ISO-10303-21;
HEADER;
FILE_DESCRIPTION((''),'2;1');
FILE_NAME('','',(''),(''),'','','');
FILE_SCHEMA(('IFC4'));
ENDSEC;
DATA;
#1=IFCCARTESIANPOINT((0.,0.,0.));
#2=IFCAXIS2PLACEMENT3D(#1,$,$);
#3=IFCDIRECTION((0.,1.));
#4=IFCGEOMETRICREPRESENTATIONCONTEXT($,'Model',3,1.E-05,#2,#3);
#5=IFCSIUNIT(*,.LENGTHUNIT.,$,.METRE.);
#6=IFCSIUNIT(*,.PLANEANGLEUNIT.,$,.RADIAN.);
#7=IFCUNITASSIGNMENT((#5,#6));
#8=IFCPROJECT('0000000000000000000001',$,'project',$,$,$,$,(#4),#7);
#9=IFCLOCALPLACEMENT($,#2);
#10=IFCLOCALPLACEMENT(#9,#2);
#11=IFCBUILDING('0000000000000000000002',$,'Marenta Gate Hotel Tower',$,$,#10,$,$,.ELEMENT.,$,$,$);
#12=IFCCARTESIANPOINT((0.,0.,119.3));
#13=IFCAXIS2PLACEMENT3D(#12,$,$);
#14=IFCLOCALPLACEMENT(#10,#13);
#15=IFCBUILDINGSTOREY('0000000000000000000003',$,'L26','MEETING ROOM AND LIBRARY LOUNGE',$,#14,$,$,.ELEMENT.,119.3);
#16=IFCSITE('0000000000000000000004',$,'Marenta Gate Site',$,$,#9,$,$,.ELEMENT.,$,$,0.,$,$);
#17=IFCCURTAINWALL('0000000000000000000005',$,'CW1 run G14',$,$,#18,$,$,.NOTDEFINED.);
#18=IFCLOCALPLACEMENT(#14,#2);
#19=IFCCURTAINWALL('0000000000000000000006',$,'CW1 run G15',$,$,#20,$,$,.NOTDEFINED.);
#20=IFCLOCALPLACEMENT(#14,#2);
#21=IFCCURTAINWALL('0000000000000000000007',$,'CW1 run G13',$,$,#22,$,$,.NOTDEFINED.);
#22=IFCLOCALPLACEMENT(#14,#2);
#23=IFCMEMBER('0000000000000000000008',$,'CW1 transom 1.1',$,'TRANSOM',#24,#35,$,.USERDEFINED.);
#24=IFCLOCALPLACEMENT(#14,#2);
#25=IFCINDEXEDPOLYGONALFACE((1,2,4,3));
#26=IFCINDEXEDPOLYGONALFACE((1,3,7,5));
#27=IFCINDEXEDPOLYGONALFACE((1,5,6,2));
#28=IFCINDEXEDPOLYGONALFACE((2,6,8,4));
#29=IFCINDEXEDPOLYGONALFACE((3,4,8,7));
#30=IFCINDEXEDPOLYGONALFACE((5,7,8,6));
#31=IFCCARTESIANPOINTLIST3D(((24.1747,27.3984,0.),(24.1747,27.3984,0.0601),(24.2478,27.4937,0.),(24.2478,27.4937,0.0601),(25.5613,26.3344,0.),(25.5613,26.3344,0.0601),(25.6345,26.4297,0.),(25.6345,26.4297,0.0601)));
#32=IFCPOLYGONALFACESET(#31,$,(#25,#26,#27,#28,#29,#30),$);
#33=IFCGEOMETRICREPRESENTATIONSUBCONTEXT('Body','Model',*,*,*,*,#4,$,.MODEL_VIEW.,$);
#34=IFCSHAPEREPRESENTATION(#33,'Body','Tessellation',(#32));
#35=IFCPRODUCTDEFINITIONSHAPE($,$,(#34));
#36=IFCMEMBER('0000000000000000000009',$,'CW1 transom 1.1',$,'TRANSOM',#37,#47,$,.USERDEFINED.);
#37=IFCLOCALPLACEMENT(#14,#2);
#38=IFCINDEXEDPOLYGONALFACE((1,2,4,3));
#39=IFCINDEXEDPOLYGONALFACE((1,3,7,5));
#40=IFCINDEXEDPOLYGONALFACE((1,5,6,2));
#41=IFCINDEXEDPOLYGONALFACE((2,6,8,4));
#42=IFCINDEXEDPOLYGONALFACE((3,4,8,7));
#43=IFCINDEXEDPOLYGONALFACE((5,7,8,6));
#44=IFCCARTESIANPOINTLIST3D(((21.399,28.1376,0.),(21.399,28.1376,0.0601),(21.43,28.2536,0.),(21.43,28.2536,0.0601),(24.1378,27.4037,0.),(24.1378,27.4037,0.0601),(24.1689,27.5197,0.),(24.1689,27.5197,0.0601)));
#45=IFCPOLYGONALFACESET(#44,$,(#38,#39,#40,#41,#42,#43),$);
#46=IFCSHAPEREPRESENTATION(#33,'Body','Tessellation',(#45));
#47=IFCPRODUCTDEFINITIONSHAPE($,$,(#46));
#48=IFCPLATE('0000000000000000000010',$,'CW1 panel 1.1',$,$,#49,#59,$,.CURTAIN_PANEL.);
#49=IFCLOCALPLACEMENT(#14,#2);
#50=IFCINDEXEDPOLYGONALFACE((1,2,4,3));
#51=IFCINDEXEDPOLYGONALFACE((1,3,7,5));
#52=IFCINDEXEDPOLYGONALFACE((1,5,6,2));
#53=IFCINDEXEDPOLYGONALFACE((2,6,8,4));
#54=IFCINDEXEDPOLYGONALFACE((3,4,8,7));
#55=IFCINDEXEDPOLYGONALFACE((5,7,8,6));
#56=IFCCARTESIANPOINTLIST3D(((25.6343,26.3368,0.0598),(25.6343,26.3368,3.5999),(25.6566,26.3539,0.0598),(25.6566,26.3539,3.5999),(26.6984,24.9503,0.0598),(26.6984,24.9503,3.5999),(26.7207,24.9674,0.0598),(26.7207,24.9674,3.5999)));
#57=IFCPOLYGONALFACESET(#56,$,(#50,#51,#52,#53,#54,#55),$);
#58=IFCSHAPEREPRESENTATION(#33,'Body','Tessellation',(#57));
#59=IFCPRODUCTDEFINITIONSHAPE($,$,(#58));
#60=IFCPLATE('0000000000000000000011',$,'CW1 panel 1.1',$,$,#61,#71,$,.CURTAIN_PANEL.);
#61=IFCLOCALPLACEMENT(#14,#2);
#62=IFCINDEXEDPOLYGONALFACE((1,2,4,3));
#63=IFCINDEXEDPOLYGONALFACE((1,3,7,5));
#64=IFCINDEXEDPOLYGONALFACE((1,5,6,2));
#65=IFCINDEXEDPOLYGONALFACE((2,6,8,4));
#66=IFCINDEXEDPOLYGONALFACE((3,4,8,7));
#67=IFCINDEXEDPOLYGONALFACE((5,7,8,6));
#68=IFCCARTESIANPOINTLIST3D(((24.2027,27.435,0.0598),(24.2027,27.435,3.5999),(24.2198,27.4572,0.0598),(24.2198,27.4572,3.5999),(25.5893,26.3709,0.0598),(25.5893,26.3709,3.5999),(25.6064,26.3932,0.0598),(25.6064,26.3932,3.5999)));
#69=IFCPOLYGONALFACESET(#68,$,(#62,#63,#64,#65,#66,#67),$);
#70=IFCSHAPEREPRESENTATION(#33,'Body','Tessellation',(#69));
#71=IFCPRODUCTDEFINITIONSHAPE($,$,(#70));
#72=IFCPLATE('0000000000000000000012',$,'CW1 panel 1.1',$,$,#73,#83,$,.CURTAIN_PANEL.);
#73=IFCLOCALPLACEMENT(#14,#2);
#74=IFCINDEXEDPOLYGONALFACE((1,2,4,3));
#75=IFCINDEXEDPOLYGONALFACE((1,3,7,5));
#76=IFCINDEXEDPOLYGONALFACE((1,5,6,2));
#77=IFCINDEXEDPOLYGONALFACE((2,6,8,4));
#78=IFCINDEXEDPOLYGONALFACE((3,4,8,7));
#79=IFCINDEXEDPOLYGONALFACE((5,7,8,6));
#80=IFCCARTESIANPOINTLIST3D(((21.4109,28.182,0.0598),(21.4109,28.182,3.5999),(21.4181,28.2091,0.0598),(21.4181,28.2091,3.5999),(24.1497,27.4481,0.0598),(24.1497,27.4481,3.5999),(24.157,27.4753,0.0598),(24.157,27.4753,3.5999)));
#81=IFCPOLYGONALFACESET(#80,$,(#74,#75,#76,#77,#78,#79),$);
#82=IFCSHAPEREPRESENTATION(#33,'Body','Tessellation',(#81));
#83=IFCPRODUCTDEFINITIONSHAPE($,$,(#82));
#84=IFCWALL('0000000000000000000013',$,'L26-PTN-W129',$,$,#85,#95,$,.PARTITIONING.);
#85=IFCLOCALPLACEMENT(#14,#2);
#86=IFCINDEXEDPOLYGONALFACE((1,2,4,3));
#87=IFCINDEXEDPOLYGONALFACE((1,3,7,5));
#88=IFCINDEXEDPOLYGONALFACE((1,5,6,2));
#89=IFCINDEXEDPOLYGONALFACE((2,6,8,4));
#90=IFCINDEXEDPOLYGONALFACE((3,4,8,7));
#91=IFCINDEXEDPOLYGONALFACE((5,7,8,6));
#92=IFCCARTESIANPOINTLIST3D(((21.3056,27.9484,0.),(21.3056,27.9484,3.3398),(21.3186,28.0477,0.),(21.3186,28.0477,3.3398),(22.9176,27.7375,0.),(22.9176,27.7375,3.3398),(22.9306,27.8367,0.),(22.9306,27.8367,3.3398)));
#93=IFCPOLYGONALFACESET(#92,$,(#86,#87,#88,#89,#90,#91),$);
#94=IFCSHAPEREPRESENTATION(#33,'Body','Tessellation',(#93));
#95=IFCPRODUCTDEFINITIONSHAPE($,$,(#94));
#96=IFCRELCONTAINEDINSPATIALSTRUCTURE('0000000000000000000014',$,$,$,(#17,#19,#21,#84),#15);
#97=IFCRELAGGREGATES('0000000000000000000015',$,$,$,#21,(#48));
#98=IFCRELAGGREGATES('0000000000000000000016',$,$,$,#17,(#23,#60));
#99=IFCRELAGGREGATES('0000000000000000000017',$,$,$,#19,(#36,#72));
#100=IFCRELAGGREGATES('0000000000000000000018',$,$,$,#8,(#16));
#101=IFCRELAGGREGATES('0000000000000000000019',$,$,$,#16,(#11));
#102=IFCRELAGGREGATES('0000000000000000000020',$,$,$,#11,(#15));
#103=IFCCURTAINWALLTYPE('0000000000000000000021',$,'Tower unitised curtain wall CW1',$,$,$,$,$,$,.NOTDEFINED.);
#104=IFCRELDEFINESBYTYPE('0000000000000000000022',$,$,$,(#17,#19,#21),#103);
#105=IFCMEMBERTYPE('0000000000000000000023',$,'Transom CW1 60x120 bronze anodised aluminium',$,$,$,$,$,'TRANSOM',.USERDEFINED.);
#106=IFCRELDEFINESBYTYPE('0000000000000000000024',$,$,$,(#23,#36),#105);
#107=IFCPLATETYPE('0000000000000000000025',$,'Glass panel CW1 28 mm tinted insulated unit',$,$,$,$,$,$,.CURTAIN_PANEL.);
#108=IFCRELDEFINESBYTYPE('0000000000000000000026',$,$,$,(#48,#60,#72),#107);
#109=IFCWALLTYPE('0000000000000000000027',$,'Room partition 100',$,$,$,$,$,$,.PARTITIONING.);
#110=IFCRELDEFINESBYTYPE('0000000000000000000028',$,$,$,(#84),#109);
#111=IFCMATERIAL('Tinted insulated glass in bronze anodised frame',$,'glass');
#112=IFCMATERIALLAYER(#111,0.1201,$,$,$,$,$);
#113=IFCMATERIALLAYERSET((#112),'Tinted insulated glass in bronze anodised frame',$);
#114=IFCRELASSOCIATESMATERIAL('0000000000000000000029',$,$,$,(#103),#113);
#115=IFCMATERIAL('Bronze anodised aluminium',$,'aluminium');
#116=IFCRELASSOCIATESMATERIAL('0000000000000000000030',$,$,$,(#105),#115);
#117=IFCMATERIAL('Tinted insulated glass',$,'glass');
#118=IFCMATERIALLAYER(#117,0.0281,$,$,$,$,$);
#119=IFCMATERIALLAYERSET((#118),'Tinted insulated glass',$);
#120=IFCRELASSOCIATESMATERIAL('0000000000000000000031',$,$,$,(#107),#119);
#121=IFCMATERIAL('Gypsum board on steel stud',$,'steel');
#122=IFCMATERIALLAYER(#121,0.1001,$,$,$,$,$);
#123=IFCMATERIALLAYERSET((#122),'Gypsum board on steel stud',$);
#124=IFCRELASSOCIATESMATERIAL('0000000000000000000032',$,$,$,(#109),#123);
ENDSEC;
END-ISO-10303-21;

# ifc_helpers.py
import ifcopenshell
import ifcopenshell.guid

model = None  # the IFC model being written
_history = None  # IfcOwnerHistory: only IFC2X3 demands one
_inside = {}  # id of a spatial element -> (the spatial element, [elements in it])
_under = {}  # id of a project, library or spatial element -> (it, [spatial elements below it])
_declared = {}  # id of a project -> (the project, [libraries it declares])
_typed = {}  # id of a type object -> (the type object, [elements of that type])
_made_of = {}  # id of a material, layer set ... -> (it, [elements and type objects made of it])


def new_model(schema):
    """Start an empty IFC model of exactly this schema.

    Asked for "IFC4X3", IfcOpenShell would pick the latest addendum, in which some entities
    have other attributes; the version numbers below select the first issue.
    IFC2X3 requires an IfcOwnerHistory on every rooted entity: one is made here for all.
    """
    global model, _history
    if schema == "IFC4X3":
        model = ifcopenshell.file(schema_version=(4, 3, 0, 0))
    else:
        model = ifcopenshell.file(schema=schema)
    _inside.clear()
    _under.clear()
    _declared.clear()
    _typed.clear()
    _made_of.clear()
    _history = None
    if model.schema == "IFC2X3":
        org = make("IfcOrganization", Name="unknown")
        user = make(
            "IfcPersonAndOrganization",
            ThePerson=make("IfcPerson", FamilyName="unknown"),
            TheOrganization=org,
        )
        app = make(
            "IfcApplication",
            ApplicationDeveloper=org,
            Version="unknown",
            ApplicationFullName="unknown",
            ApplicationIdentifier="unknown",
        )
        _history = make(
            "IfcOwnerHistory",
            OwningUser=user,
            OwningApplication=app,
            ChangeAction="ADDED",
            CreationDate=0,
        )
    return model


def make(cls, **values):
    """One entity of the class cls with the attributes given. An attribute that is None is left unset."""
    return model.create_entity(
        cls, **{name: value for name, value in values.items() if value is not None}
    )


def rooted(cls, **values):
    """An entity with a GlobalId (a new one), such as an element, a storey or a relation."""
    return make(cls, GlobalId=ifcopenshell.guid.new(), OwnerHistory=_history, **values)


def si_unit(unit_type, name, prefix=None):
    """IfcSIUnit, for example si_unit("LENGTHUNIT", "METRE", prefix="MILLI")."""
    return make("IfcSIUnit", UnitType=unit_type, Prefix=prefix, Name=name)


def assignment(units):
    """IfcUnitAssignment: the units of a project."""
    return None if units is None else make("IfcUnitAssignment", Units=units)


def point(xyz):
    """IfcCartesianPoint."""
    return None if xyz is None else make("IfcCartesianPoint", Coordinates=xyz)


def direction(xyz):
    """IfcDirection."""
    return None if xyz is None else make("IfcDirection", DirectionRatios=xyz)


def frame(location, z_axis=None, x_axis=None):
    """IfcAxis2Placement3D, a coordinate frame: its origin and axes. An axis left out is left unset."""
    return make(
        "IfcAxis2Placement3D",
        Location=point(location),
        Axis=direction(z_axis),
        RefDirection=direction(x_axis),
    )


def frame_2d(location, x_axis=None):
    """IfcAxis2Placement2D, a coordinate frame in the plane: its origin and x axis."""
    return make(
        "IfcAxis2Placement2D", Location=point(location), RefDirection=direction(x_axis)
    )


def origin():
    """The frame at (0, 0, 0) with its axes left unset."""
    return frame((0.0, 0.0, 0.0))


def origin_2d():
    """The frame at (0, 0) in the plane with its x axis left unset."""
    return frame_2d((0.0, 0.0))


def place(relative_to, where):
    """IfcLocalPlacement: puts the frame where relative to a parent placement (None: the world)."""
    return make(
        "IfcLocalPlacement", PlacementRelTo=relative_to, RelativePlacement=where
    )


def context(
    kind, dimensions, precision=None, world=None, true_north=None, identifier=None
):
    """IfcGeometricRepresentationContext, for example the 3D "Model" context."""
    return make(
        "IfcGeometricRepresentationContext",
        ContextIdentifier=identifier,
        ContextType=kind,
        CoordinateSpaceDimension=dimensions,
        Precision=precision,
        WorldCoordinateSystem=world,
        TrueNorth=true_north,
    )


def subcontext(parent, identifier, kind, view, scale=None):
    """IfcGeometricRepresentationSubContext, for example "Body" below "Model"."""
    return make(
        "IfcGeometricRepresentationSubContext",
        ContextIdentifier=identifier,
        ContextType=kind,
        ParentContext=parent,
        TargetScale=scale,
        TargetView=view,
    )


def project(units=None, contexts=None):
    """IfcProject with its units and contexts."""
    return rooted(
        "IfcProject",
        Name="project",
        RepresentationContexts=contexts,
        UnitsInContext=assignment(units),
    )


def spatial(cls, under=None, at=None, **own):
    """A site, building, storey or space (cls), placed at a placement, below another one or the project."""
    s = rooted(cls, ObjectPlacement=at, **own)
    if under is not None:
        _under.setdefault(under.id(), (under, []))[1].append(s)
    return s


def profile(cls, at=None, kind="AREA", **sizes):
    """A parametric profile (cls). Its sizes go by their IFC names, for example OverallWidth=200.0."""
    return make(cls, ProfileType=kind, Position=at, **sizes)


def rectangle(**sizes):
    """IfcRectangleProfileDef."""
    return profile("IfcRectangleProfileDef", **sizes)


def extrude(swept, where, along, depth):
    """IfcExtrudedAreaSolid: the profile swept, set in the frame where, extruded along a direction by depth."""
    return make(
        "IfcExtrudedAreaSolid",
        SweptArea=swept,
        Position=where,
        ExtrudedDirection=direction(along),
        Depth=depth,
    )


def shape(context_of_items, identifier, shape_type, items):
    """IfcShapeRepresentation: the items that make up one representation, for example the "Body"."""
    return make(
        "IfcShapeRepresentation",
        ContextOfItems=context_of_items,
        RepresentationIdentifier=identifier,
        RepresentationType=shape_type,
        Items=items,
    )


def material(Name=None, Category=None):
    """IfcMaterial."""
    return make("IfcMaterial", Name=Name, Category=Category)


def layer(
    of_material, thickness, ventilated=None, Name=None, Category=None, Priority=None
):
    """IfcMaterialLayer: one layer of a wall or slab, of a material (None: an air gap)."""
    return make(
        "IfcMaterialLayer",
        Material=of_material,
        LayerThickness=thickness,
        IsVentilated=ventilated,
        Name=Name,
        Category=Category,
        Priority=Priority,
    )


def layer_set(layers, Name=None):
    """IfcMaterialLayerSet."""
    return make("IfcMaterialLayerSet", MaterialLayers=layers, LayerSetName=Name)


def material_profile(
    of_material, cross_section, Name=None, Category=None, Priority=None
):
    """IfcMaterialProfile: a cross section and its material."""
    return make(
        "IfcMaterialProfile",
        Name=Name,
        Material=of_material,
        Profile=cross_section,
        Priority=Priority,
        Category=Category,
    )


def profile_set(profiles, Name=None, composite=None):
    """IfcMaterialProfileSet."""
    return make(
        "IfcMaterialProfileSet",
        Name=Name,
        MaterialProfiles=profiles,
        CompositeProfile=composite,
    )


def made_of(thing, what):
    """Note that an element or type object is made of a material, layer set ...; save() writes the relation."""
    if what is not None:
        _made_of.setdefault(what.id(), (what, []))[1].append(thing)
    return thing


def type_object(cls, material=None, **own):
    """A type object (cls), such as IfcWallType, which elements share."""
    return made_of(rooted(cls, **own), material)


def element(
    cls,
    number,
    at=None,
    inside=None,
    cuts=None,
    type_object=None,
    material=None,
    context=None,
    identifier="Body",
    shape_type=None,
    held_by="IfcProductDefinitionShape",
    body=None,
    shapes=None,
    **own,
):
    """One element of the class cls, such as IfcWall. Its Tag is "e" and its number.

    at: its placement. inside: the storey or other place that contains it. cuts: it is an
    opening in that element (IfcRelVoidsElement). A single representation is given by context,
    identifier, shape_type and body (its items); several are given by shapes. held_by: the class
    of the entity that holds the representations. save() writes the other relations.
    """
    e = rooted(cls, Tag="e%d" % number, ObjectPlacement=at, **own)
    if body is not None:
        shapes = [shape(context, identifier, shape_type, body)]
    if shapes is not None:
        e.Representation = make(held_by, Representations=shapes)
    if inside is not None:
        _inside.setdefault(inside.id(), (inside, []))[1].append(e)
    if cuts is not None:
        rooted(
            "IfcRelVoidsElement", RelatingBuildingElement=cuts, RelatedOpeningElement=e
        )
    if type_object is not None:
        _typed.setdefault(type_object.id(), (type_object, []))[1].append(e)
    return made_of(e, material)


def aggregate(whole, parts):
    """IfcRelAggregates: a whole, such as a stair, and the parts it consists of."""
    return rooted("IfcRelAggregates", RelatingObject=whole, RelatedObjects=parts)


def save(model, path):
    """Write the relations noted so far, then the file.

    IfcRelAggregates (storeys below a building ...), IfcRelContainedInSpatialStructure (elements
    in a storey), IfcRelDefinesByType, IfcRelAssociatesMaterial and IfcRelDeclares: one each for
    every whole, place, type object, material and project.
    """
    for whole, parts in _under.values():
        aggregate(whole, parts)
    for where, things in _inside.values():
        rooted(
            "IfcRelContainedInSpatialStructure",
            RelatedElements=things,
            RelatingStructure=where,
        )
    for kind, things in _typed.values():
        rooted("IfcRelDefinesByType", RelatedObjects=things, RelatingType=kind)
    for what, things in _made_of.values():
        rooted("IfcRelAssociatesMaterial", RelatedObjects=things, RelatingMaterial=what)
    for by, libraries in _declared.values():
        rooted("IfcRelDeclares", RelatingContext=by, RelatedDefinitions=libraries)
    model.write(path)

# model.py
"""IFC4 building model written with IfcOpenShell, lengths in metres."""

from ifc_helpers import new_model, si_unit, direction, frame, frame_2d, origin, origin_2d, place, context, subcontext, project, spatial, rectangle, extrude, material, layer, layer_set, material_profile, profile_set, type_object, element, aggregate, save


model = new_model("IFC4")

# Units and contexts
model_context = context("Model", 3, precision=1e-05, world=origin(), true_north=direction((0.0, 1.0)))
body_context = subcontext(model_context, "Body", "Model", "MODEL_VIEW")
ifc_project = project(units=[si_unit("LENGTHUNIT", "METRE"), si_unit("PLANEANGLEUNIT", "RADIAN")], contexts=[model_context])

# Site, building, storey
site_placement = place(None, origin())
site = spatial("IfcSite", under=ifc_project, at=site_placement, Name="Marenta Gate Site", CompositionType="ELEMENT", RefElevation=0.0)
building_placement = place(site_placement, origin())
building = spatial("IfcBuilding", under=site, at=building_placement, Name="Marenta Gate Hotel Tower", CompositionType="ELEMENT")
storey_placement = place(building_placement, frame((0.0, 0.0, 119.3)))
storey = spatial("IfcBuildingStorey", under=building, at=storey_placement, Name="L26", Description="MEETING ROOM AND LIBRARY LOUNGE", CompositionType="ELEMENT", Elevation=119.3)

# Curtain wall
ifc_material_1 = material(Name="Tinted insulated glass in bronze anodised frame", Category="glass")
ifc_layer_1 = layer(ifc_material_1, 0.1201)
ifc_layer_set_1 = layer_set([ifc_layer_1], Name="Tinted insulated glass in bronze anodised frame")
curtain_wall_type = type_object("IfcCurtainWallType", Name="Tower unitised curtain wall CW1", PredefinedType="NOTDEFINED", material=ifc_layer_set_1)
curtain_wall_1_placement = place(storey_placement, origin())
curtain_wall_1 = element("IfcCurtainWall", 1, at=curtain_wall_1_placement, inside=storey, type_object=curtain_wall_type, Name="CW1 run G14", PredefinedType="NOTDEFINED")

# Curtain wall
curtain_wall_2_placement = place(storey_placement, origin())
curtain_wall_2 = element("IfcCurtainWall", 2, at=curtain_wall_2_placement, inside=storey, type_object=curtain_wall_type, Name="CW1 run G15", PredefinedType="NOTDEFINED")

# Curtain wall
curtain_wall_3_placement = place(storey_placement, origin())
curtain_wall_3 = element("IfcCurtainWall", 3, at=curtain_wall_3_placement, inside=storey, type_object=curtain_wall_type, Name="CW1 run G13", PredefinedType="NOTDEFINED")
ifc_material_2 = material(Name="Bronze anodised aluminium", Category="aluminium")
ifc_material_profile_1 = material_profile(ifc_material_2, rectangle(XDim=0.1201, YDim=0.0601, at=origin_2d()), Name="Transom CW1 60x120 bronze anodised aluminium")
ifc_profile_set_1 = profile_set([ifc_material_profile_1], Name="Bronze anodised aluminium")
member_type_1 = type_object("IfcMemberType", Name="Transom CW1 60x120 bronze anodised aluminium", ElementType="TRANSOM", PredefinedType="USERDEFINED", material=ifc_profile_set_1)

# Members
member_1_placement = place(storey_placement, frame((25.5979, 26.3821, 0.03), z_axis=(-0.793381, 0.608725, 0.0), x_axis=(-0.608725, -0.793381, 0.0)))
member_1 = element("IfcMember", 4, at=member_1_placement, type_object=member_type_1, Name="CW1 transom 1.1", ObjectType="TRANSOM", PredefinedType="USERDEFINED", context=body_context, shape_type="SweptSolid", body=[
    extrude(rectangle(XDim=0.1201, YDim=0.0601, at=origin_2d()), origin(), (0.0, 0.0, 1.0), 1.7478),
])
member_2_placement = place(storey_placement, frame((24.1533, 27.4617, 0.03), z_axis=(-0.965923, 0.258831, 0.0), x_axis=(-0.258831, -0.965923, 0.0)))
member_2 = element("IfcMember", 5, at=member_2_placement, type_object=member_type_1, Name="CW1 transom 1.1", ObjectType="TRANSOM", PredefinedType="USERDEFINED", context=body_context, shape_type="SweptSolid", body=[
    extrude(rectangle(XDim=0.1201, YDim=0.0601, at=origin_2d()), origin(), (0.0, 0.0, 1.0), 2.8354),
])

# Plates
ifc_material_3 = material(Name="Tinted insulated glass", Category="glass")
ifc_layer_2 = layer(ifc_material_3, 0.0281)
ifc_layer_set_2 = layer_set([ifc_layer_2], Name="Tinted insulated glass")
plate_type = type_object("IfcPlateType", Name="Glass panel CW1 28 mm tinted insulated unit", PredefinedType="CURTAIN_PANEL", material=ifc_layer_set_2)
plate_1_placement = place(storey_placement, frame((26.1775, 25.6521, 0.0598), z_axis=(0.0, 0.0, 1.0), x_axis=(-0.608796, 0.793327, 0.0)))
plate_1 = element("IfcPlate", 6, at=plate_1_placement, type_object=plate_type, Name="CW1 panel 1.1", PredefinedType="CURTAIN_PANEL", context=body_context, shape_type="SweptSolid", body=[
    extrude(rectangle(XDim=1.7478, YDim=0.0281, at=origin_2d()), origin(), (0.0, 0.0, 1.0), 3.54),
])
aggregate(curtain_wall_3, [plate_1])
plate_2_placement = place(storey_placement, frame((24.9045, 26.9141, 0.0598), z_axis=(0.0, 0.0, 1.0), x_axis=(-0.793327, 0.608796, 0.0)))
plate_2 = element("IfcPlate", 7, at=plate_2_placement, type_object=plate_type, Name="CW1 panel 1.1", PredefinedType="CURTAIN_PANEL", context=body_context, shape_type="SweptSolid", body=[
    extrude(rectangle(XDim=1.7478, YDim=0.0281, at=origin_2d()), origin(), (0.0, 0.0, 1.0), 3.54),
])
aggregate(curtain_wall_1, [member_1, plate_2])
plate_3_placement = place(storey_placement, frame((22.7839, 27.8286, 0.0598), z_axis=(0.0, 0.0, 1.0), x_axis=(-0.965929, 0.258806, 0.0)))
plate_3 = element("IfcPlate", 8, at=plate_3_placement, type_object=plate_type, Name="CW1 panel 1.1", PredefinedType="CURTAIN_PANEL", context=body_context, shape_type="SweptSolid", body=[
    extrude(rectangle(XDim=2.8354, YDim=0.0281, at=origin_2d()), origin(), (0.0, 0.0, 1.0), 3.54),
])
aggregate(curtain_wall_2, [member_2, plate_3])

# Wall
ifc_material_4 = material(Name="Gypsum board on steel stud", Category="steel")
ifc_layer_3 = layer(ifc_material_4, 0.1001)
ifc_layer_set_3 = layer_set([ifc_layer_3], Name="Gypsum board on steel stud")
wall_type_1 = type_object("IfcWallType", Name="Room partition 100", PredefinedType="PARTITIONING", material=ifc_layer_set_3)
wall_1_placement = place(storey_placement, frame((21.312, 27.998, 0.0), z_axis=(0.0, 0.0, 1.0), x_axis=(0.991548, -0.129744, 0.0)))
element("IfcWall", 9, at=wall_1_placement, inside=storey, type_object=wall_type_1, Name="L26-PTN-W129", PredefinedType="PARTITIONING", context=body_context, shape_type="SweptSolid", body=[
    extrude(rectangle(XDim=1.6257, YDim=0.1001, at=frame_2d((0.813, 0.0))), origin(), (0.0, 0.0, 1.0), 3.3398),
])

save(model, "model.ifc")
